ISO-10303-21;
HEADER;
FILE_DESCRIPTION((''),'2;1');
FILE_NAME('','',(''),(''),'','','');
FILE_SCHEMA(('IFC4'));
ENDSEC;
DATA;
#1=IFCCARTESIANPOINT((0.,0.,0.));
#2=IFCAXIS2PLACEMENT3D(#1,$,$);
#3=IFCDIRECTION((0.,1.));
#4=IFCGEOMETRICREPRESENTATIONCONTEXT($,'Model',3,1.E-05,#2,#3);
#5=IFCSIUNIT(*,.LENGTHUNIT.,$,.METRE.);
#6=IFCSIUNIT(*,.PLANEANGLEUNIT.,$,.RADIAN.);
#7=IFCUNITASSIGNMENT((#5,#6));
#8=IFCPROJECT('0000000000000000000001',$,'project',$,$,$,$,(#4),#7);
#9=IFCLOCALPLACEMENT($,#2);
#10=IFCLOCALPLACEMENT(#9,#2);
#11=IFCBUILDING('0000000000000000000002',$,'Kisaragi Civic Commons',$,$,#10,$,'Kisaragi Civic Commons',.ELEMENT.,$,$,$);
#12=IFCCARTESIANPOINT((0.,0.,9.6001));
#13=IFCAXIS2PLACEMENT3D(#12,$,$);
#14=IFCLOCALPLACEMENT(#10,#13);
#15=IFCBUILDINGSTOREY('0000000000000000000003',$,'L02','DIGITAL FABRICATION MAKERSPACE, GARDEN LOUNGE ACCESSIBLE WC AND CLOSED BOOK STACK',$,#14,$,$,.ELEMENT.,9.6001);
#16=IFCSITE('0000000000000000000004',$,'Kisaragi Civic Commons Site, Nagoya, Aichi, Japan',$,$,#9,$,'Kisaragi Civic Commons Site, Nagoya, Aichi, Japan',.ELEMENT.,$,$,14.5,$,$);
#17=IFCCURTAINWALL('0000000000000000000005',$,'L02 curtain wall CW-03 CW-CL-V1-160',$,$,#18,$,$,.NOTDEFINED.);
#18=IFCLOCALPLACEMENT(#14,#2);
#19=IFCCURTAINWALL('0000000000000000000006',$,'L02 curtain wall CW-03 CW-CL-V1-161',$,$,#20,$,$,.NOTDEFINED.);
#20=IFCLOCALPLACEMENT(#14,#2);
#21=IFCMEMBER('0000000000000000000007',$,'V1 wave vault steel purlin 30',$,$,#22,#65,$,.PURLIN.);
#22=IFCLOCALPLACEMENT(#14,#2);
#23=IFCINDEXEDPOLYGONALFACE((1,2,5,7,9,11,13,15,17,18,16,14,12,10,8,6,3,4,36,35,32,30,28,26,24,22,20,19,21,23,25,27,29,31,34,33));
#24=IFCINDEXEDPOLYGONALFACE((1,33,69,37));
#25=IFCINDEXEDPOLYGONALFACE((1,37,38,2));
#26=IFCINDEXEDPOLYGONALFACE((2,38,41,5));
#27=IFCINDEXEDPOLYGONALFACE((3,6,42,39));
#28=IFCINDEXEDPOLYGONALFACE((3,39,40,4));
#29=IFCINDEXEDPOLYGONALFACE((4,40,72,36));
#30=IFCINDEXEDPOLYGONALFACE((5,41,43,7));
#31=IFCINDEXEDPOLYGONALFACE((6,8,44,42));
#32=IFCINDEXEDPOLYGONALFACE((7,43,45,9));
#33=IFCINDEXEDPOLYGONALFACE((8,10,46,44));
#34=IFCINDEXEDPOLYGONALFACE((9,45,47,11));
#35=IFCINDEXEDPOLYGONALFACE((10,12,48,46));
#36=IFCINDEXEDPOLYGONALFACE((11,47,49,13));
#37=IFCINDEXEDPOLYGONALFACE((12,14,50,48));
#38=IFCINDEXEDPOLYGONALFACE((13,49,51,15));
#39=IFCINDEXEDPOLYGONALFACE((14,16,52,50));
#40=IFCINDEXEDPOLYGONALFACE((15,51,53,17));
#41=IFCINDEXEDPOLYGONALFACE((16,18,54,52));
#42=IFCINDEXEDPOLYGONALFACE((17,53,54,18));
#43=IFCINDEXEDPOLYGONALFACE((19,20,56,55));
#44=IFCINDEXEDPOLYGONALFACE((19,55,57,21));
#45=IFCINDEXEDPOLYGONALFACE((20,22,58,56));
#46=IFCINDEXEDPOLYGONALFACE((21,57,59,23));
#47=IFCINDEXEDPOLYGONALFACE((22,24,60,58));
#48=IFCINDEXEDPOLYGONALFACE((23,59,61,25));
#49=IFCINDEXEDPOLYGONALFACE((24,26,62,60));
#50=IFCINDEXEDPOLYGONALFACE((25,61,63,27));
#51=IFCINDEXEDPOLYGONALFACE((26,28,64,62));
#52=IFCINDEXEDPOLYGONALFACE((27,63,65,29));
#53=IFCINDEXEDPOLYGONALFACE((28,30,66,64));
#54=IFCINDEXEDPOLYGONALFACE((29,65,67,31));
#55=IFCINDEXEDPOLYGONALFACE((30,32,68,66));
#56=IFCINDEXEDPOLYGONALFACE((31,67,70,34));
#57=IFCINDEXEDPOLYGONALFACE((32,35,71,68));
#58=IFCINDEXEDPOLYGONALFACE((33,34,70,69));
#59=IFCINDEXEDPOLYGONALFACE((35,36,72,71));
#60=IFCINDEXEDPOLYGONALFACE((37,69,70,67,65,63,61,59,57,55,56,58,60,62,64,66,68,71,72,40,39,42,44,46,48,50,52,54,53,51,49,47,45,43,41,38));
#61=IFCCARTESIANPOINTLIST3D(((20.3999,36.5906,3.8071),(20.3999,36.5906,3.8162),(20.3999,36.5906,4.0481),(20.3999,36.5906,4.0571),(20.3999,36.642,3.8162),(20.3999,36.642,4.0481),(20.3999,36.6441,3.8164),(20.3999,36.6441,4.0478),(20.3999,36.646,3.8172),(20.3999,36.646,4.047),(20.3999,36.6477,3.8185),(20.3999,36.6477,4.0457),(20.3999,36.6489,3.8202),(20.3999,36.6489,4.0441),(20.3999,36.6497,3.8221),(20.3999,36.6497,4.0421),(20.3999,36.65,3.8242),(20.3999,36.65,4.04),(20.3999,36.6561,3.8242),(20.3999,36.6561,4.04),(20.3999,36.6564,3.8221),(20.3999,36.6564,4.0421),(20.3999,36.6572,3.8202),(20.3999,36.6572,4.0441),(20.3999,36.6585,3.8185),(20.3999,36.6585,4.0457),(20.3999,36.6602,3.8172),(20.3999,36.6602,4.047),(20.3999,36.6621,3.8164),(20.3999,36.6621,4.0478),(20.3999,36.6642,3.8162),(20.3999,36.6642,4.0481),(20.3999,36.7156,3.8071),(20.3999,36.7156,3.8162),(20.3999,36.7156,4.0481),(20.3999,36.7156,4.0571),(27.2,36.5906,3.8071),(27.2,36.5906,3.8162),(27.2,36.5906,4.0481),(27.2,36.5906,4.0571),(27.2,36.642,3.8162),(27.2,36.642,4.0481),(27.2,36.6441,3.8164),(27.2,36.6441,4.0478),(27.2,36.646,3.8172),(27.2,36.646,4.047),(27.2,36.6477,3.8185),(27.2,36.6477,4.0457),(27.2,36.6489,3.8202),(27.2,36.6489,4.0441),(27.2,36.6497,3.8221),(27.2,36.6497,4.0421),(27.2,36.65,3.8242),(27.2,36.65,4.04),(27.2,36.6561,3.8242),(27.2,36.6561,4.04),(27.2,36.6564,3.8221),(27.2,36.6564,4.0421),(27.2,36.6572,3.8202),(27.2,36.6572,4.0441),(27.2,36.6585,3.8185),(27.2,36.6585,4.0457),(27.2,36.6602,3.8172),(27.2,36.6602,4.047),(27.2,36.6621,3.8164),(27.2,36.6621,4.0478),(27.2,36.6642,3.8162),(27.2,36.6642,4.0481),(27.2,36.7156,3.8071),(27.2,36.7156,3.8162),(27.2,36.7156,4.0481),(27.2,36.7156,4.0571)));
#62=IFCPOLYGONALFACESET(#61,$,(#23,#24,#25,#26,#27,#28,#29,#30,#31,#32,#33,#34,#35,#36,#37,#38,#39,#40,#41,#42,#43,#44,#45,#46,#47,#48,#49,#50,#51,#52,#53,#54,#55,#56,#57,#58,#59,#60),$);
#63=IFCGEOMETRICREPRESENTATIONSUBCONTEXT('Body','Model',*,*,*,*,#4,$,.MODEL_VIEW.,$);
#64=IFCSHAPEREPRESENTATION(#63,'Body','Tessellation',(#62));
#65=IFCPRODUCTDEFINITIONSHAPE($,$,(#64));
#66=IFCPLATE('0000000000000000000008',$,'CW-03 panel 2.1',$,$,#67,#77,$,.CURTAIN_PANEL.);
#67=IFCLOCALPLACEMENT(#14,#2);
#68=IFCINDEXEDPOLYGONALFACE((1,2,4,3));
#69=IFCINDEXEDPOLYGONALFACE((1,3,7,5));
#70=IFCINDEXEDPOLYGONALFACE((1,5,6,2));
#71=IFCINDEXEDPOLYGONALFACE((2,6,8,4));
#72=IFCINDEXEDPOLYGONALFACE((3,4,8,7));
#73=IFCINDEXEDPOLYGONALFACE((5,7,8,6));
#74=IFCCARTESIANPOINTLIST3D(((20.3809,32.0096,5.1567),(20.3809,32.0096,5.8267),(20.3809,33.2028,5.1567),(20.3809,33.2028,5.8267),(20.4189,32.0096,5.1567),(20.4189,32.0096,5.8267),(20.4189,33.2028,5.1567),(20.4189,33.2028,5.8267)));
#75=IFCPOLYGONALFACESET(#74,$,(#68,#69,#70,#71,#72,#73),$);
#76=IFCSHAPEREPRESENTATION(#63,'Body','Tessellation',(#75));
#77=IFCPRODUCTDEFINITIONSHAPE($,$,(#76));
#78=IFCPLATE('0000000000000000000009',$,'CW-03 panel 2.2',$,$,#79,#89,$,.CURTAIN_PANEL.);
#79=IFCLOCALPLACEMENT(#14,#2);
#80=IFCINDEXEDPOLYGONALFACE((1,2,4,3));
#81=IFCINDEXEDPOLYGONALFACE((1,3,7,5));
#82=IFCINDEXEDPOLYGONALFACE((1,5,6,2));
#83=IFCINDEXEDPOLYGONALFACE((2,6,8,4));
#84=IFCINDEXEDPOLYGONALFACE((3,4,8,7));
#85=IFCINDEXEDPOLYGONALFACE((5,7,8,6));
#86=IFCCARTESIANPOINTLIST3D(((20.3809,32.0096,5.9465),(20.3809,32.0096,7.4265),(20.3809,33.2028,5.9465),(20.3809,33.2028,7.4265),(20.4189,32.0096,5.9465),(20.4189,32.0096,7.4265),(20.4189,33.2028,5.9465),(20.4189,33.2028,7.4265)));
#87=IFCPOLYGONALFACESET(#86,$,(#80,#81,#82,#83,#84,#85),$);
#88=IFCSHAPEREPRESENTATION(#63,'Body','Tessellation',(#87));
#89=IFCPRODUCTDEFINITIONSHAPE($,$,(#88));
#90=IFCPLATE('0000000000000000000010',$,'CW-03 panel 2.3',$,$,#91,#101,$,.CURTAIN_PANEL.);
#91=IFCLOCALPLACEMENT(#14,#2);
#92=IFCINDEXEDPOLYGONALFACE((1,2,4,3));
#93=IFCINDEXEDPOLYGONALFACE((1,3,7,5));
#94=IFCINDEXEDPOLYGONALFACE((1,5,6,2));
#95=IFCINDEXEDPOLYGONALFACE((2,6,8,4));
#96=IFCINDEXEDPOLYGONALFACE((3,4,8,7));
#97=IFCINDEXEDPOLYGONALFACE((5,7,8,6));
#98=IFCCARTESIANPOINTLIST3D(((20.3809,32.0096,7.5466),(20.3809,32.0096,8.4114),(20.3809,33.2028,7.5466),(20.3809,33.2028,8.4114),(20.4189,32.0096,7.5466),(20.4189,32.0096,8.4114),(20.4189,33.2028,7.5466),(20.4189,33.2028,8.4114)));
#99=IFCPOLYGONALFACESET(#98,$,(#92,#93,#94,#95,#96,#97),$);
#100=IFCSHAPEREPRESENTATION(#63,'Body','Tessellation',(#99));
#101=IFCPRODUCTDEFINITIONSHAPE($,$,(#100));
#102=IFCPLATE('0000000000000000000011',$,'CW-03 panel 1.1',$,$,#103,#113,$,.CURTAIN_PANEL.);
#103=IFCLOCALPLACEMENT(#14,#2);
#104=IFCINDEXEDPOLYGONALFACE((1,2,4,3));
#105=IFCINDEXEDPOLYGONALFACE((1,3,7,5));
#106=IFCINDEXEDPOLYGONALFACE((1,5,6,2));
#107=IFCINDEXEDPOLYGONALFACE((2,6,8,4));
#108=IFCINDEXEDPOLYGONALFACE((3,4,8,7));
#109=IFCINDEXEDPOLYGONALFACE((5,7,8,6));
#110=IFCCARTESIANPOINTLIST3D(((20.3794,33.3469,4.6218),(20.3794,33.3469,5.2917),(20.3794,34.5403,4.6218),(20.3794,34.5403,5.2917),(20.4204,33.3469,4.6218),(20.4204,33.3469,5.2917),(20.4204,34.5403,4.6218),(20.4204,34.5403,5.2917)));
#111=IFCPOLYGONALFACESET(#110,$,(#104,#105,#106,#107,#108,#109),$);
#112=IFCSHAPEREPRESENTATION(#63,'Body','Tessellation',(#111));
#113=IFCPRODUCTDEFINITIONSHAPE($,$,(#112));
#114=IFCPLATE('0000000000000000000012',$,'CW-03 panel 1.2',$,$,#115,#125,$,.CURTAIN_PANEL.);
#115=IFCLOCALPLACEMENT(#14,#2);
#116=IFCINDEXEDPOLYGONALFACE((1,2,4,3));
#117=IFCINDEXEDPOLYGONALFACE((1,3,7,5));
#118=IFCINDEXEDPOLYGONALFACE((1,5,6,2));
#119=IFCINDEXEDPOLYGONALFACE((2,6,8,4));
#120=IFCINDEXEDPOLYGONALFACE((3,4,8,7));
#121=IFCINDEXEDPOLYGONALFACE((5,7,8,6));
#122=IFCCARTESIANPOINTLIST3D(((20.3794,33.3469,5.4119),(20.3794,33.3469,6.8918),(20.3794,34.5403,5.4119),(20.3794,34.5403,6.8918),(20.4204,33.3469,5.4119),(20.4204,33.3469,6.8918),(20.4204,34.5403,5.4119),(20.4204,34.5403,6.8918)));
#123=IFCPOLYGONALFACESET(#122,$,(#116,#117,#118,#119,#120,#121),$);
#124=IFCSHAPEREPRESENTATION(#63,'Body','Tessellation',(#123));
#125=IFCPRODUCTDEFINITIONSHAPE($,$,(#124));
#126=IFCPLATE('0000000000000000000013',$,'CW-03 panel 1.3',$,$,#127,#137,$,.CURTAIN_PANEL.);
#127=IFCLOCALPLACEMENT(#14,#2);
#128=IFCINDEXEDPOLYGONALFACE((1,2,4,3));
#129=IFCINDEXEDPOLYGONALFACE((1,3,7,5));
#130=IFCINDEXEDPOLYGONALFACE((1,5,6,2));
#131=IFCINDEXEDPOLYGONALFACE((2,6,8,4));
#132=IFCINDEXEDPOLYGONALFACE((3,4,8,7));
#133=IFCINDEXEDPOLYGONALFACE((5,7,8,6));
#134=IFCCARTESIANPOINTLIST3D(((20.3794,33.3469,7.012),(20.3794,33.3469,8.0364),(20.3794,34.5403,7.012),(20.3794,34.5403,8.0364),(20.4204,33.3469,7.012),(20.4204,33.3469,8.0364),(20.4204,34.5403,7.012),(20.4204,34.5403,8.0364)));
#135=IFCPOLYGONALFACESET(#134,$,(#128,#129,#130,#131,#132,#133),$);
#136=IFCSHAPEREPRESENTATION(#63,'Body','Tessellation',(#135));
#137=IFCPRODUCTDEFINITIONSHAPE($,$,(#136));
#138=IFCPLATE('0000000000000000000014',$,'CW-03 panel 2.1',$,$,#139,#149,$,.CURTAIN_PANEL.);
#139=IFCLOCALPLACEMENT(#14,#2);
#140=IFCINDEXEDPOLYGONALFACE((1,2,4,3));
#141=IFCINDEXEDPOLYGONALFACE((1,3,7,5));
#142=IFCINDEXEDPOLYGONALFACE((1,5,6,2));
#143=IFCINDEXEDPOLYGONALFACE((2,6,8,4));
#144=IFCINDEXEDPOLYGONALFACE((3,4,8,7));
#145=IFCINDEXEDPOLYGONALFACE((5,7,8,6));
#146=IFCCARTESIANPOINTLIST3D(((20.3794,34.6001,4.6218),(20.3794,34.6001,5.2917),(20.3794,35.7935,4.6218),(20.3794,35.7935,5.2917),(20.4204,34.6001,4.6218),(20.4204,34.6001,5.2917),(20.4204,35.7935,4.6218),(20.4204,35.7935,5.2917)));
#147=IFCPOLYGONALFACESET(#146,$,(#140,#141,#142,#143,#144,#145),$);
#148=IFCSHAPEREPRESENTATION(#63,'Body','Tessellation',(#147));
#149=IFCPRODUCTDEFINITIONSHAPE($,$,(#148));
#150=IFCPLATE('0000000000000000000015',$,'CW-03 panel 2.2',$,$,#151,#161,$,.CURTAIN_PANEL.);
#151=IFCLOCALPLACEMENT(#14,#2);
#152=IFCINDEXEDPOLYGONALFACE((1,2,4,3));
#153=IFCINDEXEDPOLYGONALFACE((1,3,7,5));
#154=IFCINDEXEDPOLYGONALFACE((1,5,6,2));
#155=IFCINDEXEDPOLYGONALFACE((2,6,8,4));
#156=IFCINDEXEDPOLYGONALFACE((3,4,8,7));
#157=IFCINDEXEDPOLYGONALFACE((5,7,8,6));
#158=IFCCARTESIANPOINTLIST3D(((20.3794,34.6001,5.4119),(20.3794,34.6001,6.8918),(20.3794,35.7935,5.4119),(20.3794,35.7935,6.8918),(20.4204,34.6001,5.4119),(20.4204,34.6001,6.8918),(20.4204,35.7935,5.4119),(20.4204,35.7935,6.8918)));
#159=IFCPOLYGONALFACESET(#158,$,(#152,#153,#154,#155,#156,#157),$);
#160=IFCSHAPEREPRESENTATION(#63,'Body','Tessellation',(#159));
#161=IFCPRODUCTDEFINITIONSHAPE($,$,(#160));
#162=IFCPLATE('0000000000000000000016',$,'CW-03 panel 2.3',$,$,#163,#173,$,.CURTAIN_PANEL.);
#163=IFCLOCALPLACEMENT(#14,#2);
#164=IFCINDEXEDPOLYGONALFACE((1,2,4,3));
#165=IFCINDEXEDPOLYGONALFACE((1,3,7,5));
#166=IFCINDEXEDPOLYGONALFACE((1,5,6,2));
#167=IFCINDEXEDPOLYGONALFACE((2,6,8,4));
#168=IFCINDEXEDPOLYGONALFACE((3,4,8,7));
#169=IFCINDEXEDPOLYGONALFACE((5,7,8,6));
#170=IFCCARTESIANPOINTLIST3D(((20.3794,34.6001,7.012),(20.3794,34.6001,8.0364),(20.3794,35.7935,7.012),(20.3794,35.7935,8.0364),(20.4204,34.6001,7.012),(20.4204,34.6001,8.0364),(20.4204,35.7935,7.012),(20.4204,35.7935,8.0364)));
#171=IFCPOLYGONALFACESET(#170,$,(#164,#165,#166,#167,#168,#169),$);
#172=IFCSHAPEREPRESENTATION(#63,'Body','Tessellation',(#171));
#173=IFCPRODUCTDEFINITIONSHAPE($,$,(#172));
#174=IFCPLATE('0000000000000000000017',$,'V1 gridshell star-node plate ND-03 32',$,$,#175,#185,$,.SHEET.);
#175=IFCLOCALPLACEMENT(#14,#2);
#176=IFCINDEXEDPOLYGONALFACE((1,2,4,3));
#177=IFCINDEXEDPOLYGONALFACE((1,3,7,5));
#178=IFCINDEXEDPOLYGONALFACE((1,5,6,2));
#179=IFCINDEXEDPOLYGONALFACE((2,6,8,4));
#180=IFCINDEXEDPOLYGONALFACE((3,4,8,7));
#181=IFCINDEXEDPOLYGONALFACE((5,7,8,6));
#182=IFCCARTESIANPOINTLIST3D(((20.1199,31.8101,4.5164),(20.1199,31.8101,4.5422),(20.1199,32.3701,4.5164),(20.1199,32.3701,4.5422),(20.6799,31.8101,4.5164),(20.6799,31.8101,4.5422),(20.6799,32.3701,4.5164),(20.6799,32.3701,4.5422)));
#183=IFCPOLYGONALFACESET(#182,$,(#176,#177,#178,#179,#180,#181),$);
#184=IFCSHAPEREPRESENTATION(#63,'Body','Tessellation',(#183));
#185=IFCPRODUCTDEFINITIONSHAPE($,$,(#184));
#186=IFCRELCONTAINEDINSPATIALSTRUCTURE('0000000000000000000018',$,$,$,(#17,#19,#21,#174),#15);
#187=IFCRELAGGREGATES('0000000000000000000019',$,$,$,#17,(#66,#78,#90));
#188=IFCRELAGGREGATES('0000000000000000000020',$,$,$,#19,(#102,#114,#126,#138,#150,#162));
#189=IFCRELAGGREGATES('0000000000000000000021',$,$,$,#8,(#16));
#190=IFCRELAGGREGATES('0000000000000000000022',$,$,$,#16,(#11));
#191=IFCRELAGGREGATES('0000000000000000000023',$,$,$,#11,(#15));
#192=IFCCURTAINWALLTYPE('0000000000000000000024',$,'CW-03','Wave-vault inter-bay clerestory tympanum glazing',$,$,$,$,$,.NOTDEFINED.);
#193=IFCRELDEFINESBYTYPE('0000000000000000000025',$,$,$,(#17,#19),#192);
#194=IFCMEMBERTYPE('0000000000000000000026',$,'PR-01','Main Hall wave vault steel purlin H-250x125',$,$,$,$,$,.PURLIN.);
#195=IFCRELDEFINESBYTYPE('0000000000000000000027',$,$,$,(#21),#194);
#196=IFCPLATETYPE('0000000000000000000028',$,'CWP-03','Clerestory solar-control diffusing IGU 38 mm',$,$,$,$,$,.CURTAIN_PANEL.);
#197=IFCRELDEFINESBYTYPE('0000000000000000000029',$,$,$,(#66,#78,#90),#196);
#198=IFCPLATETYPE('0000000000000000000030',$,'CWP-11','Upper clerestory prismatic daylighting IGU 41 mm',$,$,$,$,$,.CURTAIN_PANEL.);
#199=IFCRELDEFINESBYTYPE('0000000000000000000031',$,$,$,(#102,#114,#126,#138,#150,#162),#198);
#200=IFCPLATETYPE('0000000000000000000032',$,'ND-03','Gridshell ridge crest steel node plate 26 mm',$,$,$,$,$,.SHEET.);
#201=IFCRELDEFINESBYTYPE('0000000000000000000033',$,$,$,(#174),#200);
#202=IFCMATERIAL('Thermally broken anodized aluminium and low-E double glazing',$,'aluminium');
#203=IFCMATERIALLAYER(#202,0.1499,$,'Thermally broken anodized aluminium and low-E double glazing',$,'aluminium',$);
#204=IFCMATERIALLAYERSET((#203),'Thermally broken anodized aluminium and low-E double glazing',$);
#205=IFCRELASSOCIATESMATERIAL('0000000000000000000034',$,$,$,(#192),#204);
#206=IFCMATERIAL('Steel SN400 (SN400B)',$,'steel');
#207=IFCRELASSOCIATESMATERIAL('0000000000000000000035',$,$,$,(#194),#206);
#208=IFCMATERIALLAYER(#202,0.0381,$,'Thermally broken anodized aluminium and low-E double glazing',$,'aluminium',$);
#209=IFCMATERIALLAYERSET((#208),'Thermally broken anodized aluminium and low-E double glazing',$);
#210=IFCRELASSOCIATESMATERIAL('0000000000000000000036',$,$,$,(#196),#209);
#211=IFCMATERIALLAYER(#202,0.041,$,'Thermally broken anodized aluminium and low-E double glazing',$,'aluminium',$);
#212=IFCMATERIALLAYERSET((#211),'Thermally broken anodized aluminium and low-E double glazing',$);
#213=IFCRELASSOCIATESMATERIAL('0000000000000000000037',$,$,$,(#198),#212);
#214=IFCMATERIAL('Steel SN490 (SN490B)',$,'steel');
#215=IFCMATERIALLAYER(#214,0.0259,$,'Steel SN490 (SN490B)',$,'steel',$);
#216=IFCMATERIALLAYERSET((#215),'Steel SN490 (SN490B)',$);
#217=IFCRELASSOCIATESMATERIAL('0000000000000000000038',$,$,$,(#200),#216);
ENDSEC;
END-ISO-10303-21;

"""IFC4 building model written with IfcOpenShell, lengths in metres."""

from ifc_helpers import new_model, si_unit, direction, frame, origin, origin_2d, place, context, subcontext, project, spatial, rectangle, i_section, extrude, material, layer, layer_set, material_profile, profile_set, type_object, element, aggregate, save


model = new_model("IFC4")

# Units and contexts
model_context = context("Model", 3, precision=1e-05, world=origin(), true_north=direction((0.0, 1.0)))
body_context = subcontext(model_context, "Body", "Model", "MODEL_VIEW")
ifc_project = project(units=[si_unit("LENGTHUNIT", "METRE"), si_unit("PLANEANGLEUNIT", "RADIAN")], contexts=[model_context])

# Site, building, storey
site_placement = place(None, origin())
site = spatial("IfcSite", under=ifc_project, at=site_placement, Name="Kisaragi Civic Commons Site, Nagoya, Aichi, Japan", LongName="Kisaragi Civic Commons Site, Nagoya, Aichi, Japan", CompositionType="ELEMENT", RefElevation=14.5)
building_placement = place(site_placement, origin())
building = spatial("IfcBuilding", under=site, at=building_placement, Name="Kisaragi Civic Commons", LongName="Kisaragi Civic Commons", CompositionType="ELEMENT")
storey_placement = place(building_placement, frame((0.0, 0.0, 9.6001)))
storey = spatial("IfcBuildingStorey", under=building, at=storey_placement, Name="L02", Description="DIGITAL FABRICATION MAKERSPACE, GARDEN LOUNGE ACCESSIBLE WC AND CLOSED BOOK STACK", CompositionType="ELEMENT", Elevation=9.6001)

# Curtain walls
ifc_material_1 = material(Name="Thermally broken anodized aluminium and low-E double glazing", Category="aluminium")
ifc_layer_1 = layer(ifc_material_1, 0.1499, Name="Thermally broken anodized aluminium and low-E double glazing", Category="aluminium")
ifc_layer_set_1 = layer_set([ifc_layer_1], Name="Thermally broken anodized aluminium and low-E double glazing")
curtain_wall_type = type_object("IfcCurtainWallType", Name="CW-03", Description="Wave-vault inter-bay clerestory tympanum glazing", PredefinedType="NOTDEFINED", material=ifc_layer_set_1)
curtain_wall_1_placement = place(storey_placement, origin())
curtain_wall_1 = element("IfcCurtainWall", 1, at=curtain_wall_1_placement, inside=storey, type_object=curtain_wall_type, Name="L02 curtain wall CW-03 CW-CL-V1-160", PredefinedType="NOTDEFINED")
curtain_wall_2_placement = place(storey_placement, origin())
curtain_wall_2 = element("IfcCurtainWall", 2, at=curtain_wall_2_placement, inside=storey, type_object=curtain_wall_type, Name="L02 curtain wall CW-03 CW-CL-V1-161", PredefinedType="NOTDEFINED")

# Member
ifc_material_2 = material(Name="Steel SN490 (SN490B)", Category="steel")
ifc_material_3 = material(Name="Steel SN400 (SN400B)", Category="steel")
ifc_material_profile_1 = material_profile(ifc_material_3, i_section(OverallWidth=0.125, OverallDepth=0.25, WebThickness=0.0061, FlangeThickness=0.009, FilletRadius=0.0081, at=origin_2d()), Name="H-250x125x6x9", Category="steel")
ifc_profile_set_1 = profile_set([ifc_material_profile_1], Name="Steel SN400 (SN400B)")
member_type_1 = type_object("IfcMemberType", Name="PR-01", Description="Main Hall wave vault steel purlin H-250x125", PredefinedType="PURLIN", material=ifc_profile_set_1)
member_1_placement = place(storey_placement, frame((20.3999, 36.6531, 3.9321), z_axis=(1.0, 0.0, 0.0), x_axis=(0.0, 1.0, 0.0)))
element("IfcMember", 3, at=member_1_placement, inside=storey, type_object=member_type_1, Name="V1 wave vault steel purlin 30", PredefinedType="PURLIN", context=body_context, shape_type="SweptSolid", body=[
    extrude(i_section(OverallWidth=0.125, OverallDepth=0.25, WebThickness=0.0061, FlangeThickness=0.009, FilletRadius=0.0081, at=origin_2d()), origin(), (0.0, 0.0, 1.0), 6.8),
])

# Plates
ifc_layer_2 = layer(ifc_material_1, 0.0381, Name="Thermally broken anodized aluminium and low-E double glazing", Category="aluminium")
ifc_layer_set_2 = layer_set([ifc_layer_2], Name="Thermally broken anodized aluminium and low-E double glazing")
plate_type_1 = type_object("IfcPlateType", Name="CWP-03", Description="Clerestory solar-control diffusing IGU 38 mm", PredefinedType="CURTAIN_PANEL", material=ifc_layer_set_2)
plate_1_placement = place(storey_placement, frame((20.3999, 32.6062, 5.1567), z_axis=(0.0, 0.0, 1.0), x_axis=(0.0, 1.0, 0.0)))
plate_1 = element("IfcPlate", 4, at=plate_1_placement, type_object=plate_type_1, Name="CW-03 panel 2.1", PredefinedType="CURTAIN_PANEL", context=body_context, shape_type="SweptSolid", body=[
    extrude(rectangle(XDim=1.1931, YDim=0.0381, at=origin_2d()), origin(), (0.0, 0.0, 1.0), 0.6699),
])
plate_2_placement = place(storey_placement, frame((20.3999, 32.6062, 5.9465), z_axis=(0.0, 0.0, 1.0), x_axis=(0.0, 1.0, 0.0)))
plate_2 = element("IfcPlate", 5, at=plate_2_placement, type_object=plate_type_1, Name="CW-03 panel 2.2", PredefinedType="CURTAIN_PANEL", context=body_context, shape_type="SweptSolid", body=[
    extrude(rectangle(XDim=1.1931, YDim=0.0381, at=origin_2d()), origin(), (0.0, 0.0, 1.0), 1.48),
])
plate_3_placement = place(storey_placement, frame((20.3999, 32.6062, 7.5466), z_axis=(0.0, 0.0, 1.0), x_axis=(0.0, 1.0, 0.0)))
plate_3 = element("IfcPlate", 6, at=plate_3_placement, type_object=plate_type_1, Name="CW-03 panel 2.3", PredefinedType="CURTAIN_PANEL", context=body_context, shape_type="SweptSolid", body=[
    extrude(rectangle(XDim=1.1931, YDim=0.0381, at=origin_2d()), origin(), (0.0, 0.0, 1.0), 0.8647),
])
aggregate(curtain_wall_1, [plate_1, plate_2, plate_3])
ifc_layer_3 = layer(ifc_material_1, 0.041, Name="Thermally broken anodized aluminium and low-E double glazing", Category="aluminium")
ifc_layer_set_3 = layer_set([ifc_layer_3], Name="Thermally broken anodized aluminium and low-E double glazing")
plate_type_2 = type_object("IfcPlateType", Name="CWP-11", Description="Upper clerestory prismatic daylighting IGU 41 mm", PredefinedType="CURTAIN_PANEL", material=ifc_layer_set_3)
plate_4_placement = place(storey_placement, frame((20.3999, 33.9436, 4.6218), z_axis=(0.0, 0.0, 1.0), x_axis=(0.0, 1.0, 0.0)))
plate_4 = element("IfcPlate", 7, at=plate_4_placement, type_object=plate_type_2, Name="CW-03 panel 1.1", PredefinedType="CURTAIN_PANEL", context=body_context, shape_type="SweptSolid", body=[
    extrude(rectangle(XDim=1.1934, YDim=0.041, at=origin_2d()), origin(), (0.0, 0.0, 1.0), 0.6699),
])
plate_5_placement = place(storey_placement, frame((20.3999, 33.9436, 5.4119), z_axis=(0.0, 0.0, 1.0), x_axis=(0.0, 1.0, 0.0)))
plate_5 = element("IfcPlate", 8, at=plate_5_placement, type_object=plate_type_2, Name="CW-03 panel 1.2", PredefinedType="CURTAIN_PANEL", context=body_context, shape_type="SweptSolid", body=[
    extrude(rectangle(XDim=1.1934, YDim=0.041, at=origin_2d()), origin(), (0.0, 0.0, 1.0), 1.48),
])
plate_6_placement = place(storey_placement, frame((20.3999, 33.9436, 7.012), z_axis=(0.0, 0.0, 1.0), x_axis=(0.0, 1.0, 0.0)))
plate_6 = element("IfcPlate", 9, at=plate_6_placement, type_object=plate_type_2, Name="CW-03 panel 1.3", PredefinedType="CURTAIN_PANEL", context=body_context, shape_type="SweptSolid", body=[
    extrude(rectangle(XDim=1.1934, YDim=0.041, at=origin_2d()), origin(), (0.0, 0.0, 1.0), 1.0244),
])
plate_7_placement = place(storey_placement, frame((20.3999, 35.1968, 4.6218), z_axis=(0.0, 0.0, 1.0), x_axis=(0.0, 1.0, 0.0)))
plate_7 = element("IfcPlate", 10, at=plate_7_placement, type_object=plate_type_2, Name="CW-03 panel 2.1", PredefinedType="CURTAIN_PANEL", context=body_context, shape_type="SweptSolid", body=[
    extrude(rectangle(XDim=1.1934, YDim=0.041, at=origin_2d()), origin(), (0.0, 0.0, 1.0), 0.6699),
])
plate_8_placement = place(storey_placement, frame((20.3999, 35.1968, 5.4119), z_axis=(0.0, 0.0, 1.0), x_axis=(0.0, 1.0, 0.0)))
plate_8 = element("IfcPlate", 11, at=plate_8_placement, type_object=plate_type_2, Name="CW-03 panel 2.2", PredefinedType="CURTAIN_PANEL", context=body_context, shape_type="SweptSolid", body=[
    extrude(rectangle(XDim=1.1934, YDim=0.041, at=origin_2d()), origin(), (0.0, 0.0, 1.0), 1.48),
])
plate_9_placement = place(storey_placement, frame((20.3999, 35.1968, 7.012), z_axis=(0.0, 0.0, 1.0), x_axis=(0.0, 1.0, 0.0)))
plate_9 = element("IfcPlate", 12, at=plate_9_placement, type_object=plate_type_2, Name="CW-03 panel 2.3", PredefinedType="CURTAIN_PANEL", context=body_context, shape_type="SweptSolid", body=[
    extrude(rectangle(XDim=1.1934, YDim=0.041, at=origin_2d()), origin(), (0.0, 0.0, 1.0), 1.0244),
])
aggregate(curtain_wall_2, [plate_4, plate_5, plate_6, plate_7, plate_8, plate_9])
ifc_layer_4 = layer(ifc_material_2, 0.0259, Name="Steel SN490 (SN490B)", Category="steel")
ifc_layer_set_4 = layer_set([ifc_layer_4], Name="Steel SN490 (SN490B)")
plate_type_3 = type_object("IfcPlateType", Name="ND-03", Description="Gridshell ridge crest steel node plate 26 mm", PredefinedType="SHEET", material=ifc_layer_set_4)
plate_10_placement = place(storey_placement, frame((20.3999, 32.0901, 4.5164), z_axis=(0.0, 0.0, 1.0), x_axis=(1.0, 0.0, 0.0)))
element("IfcPlate", 13, at=plate_10_placement, inside=storey, type_object=plate_type_3, Name="V1 gridshell star-node plate ND-03 32", PredefinedType="SHEET", context=body_context, shape_type="SweptSolid", body=[
    extrude(rectangle(XDim=0.5601, YDim=0.5601, at=origin_2d()), origin(), (0.0, 0.0, 1.0), 0.0259),
])

save(model, "model.ifc")
